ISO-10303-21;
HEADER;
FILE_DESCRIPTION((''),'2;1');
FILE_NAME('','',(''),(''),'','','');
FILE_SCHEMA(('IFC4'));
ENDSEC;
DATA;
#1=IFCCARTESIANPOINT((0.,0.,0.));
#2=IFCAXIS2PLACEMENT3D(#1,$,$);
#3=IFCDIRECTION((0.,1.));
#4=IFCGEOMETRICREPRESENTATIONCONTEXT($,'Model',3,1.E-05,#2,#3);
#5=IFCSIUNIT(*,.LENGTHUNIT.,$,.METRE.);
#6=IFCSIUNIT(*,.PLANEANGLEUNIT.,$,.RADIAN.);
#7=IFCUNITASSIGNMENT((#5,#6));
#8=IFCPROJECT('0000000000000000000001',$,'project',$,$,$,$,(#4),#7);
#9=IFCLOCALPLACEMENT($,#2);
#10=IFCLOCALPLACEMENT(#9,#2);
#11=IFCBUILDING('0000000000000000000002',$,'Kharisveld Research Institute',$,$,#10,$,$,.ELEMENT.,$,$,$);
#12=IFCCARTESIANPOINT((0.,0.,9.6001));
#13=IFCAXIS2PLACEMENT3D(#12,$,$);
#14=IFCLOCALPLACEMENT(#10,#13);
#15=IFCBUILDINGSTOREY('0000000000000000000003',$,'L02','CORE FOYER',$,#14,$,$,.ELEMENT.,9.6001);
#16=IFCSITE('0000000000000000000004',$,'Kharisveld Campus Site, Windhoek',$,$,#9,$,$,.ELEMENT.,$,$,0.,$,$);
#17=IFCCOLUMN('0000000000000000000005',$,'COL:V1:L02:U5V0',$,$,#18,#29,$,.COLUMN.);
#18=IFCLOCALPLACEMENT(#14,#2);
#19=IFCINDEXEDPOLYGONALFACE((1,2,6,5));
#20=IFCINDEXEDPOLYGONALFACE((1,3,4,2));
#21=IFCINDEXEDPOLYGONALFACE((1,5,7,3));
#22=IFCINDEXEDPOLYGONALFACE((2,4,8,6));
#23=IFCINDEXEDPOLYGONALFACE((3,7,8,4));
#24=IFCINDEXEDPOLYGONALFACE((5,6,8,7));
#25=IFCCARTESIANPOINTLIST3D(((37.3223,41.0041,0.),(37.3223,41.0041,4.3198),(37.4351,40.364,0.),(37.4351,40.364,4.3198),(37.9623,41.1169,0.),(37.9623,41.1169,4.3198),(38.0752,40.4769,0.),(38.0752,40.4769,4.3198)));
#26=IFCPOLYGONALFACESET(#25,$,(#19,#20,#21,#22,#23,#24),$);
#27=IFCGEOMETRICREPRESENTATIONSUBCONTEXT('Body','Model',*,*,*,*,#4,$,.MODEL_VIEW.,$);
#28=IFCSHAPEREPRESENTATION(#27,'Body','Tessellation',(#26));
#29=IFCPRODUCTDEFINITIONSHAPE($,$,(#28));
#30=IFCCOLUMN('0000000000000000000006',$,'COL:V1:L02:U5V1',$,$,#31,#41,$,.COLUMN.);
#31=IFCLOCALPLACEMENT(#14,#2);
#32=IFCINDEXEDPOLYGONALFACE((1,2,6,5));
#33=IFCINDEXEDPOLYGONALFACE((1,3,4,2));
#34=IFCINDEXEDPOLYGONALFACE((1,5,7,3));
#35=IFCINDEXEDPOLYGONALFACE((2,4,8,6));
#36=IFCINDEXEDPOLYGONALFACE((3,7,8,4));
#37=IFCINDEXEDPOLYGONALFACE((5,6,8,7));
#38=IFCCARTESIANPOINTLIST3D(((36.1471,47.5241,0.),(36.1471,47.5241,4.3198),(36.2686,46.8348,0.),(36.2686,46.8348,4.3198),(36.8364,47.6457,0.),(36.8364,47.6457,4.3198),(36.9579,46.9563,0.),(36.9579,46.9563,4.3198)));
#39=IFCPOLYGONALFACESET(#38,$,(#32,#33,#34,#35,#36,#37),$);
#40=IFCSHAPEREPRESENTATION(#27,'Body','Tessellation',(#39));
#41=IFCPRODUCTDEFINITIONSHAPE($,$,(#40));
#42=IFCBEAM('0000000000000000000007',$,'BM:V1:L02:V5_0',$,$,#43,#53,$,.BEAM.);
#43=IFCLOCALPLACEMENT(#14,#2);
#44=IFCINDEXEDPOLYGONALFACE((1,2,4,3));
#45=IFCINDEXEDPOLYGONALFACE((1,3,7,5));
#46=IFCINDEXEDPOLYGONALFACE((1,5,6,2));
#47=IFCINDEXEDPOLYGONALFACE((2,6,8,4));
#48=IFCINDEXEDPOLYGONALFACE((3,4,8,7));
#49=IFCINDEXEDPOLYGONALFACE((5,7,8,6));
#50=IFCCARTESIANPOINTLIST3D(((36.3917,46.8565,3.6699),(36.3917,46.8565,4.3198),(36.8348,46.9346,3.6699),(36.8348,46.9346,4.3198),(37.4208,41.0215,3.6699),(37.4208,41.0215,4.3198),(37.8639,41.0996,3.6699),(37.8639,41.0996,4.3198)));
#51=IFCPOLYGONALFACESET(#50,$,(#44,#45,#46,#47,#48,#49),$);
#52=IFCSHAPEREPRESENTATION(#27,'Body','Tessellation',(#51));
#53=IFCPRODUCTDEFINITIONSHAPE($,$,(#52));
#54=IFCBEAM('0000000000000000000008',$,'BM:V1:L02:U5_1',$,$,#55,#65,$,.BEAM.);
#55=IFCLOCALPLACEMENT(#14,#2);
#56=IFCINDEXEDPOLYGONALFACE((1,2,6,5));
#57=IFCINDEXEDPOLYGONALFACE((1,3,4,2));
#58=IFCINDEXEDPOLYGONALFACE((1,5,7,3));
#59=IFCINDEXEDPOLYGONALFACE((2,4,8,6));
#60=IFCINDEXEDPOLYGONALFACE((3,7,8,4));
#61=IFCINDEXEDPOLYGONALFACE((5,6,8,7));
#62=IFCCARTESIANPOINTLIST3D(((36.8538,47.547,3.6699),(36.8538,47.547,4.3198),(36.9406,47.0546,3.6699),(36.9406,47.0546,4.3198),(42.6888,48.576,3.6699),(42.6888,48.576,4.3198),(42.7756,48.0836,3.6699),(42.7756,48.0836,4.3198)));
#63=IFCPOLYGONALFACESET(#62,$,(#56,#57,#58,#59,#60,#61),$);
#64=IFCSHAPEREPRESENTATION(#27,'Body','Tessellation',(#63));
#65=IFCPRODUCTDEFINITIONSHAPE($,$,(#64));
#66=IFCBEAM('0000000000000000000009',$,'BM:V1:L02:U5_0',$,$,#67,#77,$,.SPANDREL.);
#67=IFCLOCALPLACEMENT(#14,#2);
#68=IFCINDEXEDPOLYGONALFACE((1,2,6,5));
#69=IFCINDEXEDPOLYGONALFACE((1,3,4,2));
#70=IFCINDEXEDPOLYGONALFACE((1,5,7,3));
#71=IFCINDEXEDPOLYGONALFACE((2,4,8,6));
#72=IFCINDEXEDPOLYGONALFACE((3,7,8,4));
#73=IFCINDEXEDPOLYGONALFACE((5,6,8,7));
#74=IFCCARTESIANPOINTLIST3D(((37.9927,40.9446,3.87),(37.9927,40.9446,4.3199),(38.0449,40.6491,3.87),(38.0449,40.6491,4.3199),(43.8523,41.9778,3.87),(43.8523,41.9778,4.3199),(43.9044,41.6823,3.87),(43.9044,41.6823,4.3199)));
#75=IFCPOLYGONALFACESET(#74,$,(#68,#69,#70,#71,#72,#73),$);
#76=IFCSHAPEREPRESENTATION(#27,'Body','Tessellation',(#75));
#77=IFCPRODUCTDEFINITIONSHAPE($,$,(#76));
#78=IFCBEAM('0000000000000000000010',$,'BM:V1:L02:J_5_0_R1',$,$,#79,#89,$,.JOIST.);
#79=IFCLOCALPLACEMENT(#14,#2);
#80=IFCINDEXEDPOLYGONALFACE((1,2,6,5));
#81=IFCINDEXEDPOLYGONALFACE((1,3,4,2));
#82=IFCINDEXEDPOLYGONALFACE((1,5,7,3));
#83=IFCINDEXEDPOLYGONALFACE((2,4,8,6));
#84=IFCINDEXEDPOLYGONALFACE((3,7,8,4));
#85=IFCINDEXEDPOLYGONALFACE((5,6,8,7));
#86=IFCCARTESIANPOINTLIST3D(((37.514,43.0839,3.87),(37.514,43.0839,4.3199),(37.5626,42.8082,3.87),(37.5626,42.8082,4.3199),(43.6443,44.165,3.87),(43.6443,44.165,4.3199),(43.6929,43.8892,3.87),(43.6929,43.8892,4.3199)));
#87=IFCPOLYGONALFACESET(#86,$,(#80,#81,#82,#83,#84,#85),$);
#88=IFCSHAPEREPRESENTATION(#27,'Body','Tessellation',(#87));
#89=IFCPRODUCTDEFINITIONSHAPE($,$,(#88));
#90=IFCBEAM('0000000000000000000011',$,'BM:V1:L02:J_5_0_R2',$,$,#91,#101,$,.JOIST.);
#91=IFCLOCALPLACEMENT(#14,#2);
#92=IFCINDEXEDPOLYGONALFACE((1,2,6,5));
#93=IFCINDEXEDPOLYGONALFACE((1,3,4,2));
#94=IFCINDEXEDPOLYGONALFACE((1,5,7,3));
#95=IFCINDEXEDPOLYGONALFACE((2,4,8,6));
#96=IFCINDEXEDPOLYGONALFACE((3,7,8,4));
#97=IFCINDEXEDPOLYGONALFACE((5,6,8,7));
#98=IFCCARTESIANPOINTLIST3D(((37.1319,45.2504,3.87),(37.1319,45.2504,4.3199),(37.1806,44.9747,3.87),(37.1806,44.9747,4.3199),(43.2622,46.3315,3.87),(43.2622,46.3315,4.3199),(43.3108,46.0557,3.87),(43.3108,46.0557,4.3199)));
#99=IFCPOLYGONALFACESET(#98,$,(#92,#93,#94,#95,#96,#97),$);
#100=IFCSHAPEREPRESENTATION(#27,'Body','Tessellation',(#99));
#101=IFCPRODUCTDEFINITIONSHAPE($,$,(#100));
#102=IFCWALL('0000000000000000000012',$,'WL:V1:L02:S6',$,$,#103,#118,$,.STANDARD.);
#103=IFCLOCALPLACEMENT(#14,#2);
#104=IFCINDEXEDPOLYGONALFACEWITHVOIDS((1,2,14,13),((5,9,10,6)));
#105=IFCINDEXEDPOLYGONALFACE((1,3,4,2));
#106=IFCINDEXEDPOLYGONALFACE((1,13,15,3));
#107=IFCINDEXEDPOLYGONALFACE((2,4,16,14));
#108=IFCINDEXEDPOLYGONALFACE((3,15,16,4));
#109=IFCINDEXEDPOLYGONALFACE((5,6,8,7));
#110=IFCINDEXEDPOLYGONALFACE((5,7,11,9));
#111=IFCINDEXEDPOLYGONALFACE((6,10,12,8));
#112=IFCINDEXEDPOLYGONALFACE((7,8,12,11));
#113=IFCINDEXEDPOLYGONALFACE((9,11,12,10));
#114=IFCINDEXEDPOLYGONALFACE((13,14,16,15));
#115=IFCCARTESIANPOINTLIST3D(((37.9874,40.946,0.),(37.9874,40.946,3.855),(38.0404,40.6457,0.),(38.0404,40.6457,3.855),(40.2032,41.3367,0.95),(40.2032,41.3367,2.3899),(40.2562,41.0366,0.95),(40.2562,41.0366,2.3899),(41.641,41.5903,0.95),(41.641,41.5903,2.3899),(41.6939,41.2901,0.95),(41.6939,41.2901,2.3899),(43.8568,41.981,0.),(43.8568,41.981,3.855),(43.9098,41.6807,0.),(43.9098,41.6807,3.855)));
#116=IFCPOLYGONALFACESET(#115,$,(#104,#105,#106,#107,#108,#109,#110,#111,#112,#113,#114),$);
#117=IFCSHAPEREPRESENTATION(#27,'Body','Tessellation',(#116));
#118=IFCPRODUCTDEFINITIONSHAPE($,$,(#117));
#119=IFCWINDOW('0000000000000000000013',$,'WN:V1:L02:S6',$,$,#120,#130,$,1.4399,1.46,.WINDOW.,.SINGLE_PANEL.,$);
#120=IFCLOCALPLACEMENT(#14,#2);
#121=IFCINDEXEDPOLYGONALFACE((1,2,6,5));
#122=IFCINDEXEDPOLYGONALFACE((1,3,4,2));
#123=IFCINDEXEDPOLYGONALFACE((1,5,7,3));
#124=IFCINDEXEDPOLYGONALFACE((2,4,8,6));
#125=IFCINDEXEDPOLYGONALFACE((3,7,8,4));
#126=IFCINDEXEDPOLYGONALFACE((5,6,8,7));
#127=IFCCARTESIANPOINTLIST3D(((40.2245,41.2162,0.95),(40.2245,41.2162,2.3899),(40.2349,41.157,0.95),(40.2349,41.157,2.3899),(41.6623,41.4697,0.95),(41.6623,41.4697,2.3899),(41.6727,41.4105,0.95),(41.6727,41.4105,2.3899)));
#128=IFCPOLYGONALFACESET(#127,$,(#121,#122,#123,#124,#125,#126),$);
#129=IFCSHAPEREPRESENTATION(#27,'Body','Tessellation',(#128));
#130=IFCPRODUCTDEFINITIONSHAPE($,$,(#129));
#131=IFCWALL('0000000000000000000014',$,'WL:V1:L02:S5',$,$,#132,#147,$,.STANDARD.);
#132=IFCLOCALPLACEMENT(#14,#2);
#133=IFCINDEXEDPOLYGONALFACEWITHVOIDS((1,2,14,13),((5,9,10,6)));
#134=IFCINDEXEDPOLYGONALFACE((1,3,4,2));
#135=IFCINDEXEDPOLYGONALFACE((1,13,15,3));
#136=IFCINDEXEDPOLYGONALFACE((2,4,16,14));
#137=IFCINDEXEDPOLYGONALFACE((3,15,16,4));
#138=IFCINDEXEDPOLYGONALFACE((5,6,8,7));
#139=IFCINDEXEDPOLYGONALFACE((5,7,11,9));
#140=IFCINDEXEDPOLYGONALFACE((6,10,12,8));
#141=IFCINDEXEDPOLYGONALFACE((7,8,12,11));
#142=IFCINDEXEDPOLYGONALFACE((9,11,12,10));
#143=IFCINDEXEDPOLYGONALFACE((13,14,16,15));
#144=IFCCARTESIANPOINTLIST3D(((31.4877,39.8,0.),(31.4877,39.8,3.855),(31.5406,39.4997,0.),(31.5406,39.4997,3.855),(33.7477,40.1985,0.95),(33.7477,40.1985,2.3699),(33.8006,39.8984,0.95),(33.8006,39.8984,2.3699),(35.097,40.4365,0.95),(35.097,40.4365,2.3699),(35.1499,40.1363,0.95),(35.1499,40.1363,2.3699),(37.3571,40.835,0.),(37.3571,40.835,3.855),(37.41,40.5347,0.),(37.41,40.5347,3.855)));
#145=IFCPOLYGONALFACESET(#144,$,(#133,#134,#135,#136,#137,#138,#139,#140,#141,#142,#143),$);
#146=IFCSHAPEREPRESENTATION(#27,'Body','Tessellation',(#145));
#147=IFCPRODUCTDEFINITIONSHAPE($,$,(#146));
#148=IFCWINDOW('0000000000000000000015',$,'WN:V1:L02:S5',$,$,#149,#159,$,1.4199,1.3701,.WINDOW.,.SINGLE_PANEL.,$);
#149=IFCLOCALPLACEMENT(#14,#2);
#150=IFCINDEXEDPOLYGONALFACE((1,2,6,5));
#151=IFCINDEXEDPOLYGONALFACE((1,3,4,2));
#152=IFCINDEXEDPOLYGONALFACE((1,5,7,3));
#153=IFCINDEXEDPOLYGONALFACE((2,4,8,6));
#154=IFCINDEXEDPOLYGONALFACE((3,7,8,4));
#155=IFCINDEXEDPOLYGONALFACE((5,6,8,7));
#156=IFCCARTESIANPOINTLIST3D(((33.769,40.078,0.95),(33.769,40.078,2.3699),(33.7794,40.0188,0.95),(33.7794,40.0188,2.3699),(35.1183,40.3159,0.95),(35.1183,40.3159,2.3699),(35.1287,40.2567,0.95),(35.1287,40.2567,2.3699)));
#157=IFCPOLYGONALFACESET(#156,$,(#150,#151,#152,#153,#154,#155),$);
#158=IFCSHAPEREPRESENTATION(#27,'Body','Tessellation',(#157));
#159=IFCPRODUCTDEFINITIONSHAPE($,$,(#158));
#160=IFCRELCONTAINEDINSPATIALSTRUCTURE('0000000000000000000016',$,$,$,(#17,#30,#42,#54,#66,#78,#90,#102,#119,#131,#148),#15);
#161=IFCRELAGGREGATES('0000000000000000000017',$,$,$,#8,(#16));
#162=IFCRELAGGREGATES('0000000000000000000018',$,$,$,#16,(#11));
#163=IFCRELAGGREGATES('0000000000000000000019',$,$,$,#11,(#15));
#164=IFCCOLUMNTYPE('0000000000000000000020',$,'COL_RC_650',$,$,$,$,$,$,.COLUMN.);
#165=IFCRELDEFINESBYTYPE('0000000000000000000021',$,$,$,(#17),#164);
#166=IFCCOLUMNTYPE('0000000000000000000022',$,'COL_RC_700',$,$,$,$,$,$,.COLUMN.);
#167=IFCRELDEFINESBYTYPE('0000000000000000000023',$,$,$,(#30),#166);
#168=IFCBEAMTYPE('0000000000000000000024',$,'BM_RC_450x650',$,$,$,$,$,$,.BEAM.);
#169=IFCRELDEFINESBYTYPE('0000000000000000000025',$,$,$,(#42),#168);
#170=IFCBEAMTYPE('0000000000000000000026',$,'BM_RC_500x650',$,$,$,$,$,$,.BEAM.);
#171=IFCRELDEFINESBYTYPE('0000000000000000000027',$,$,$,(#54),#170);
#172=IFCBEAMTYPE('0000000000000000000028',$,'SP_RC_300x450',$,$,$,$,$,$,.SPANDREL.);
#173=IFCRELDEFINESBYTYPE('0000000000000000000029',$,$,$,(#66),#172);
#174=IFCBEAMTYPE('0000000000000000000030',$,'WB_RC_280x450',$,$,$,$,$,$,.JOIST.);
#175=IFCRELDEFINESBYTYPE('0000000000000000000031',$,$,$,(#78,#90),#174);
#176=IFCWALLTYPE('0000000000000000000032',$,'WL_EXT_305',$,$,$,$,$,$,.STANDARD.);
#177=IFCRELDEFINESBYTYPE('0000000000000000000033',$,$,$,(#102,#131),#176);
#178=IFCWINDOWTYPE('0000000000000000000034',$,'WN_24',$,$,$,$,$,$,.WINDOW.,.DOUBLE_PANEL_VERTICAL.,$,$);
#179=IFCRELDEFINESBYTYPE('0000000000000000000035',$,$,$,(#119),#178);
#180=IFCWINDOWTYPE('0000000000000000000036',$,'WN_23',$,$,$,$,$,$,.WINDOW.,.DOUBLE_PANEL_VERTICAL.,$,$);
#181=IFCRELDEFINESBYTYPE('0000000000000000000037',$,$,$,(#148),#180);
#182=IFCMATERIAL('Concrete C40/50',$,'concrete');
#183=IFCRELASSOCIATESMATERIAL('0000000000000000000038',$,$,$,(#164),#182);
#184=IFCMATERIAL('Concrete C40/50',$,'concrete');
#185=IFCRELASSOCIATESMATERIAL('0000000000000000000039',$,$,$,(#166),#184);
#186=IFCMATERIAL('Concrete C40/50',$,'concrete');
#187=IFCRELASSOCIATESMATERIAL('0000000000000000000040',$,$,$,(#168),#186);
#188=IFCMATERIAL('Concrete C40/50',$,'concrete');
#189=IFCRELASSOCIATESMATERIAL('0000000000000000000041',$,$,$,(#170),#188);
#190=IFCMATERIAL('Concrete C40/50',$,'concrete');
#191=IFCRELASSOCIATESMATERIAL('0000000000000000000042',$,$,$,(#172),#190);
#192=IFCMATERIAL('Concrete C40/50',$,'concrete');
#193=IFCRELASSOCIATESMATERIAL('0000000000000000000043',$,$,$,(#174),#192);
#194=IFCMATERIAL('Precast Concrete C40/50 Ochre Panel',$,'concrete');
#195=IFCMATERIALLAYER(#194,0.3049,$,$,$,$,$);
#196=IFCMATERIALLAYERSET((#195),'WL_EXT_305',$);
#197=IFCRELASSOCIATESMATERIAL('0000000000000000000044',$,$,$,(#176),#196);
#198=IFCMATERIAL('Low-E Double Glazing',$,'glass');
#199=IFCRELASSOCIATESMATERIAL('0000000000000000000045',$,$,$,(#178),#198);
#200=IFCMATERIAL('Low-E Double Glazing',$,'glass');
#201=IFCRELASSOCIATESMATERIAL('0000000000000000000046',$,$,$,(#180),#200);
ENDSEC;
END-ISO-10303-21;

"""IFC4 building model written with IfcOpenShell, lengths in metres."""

from ifc_helpers import new_model, si_unit, direction, frame, frame_2d, origin, origin_2d, place, context, subcontext, project, spatial, rectangle, extrude, material, layer, layer_set, material_profile, profile_set, type_object, element, fill, save


model = new_model("IFC4")

# Units and contexts
model_context = context("Model", 3, precision=1e-05, world=origin(), true_north=direction((0.0, 1.0)))
body_context = subcontext(model_context, "Body", "Model", "MODEL_VIEW")
ifc_project = project(units=[si_unit("LENGTHUNIT", "METRE"), si_unit("PLANEANGLEUNIT", "RADIAN")], contexts=[model_context])

# Site, building, storey
site_placement = place(None, origin())
site = spatial("IfcSite", under=ifc_project, at=site_placement, Name="Kharisveld Campus Site, Windhoek", CompositionType="ELEMENT", RefElevation=0.0)
building_placement = place(site_placement, origin())
building = spatial("IfcBuilding", under=site, at=building_placement, Name="Kharisveld Research Institute", CompositionType="ELEMENT")
storey_placement = place(building_placement, frame((0.0, 0.0, 9.6001)))
storey = spatial("IfcBuildingStorey", under=building, at=storey_placement, Name="L02", Description="CORE FOYER", CompositionType="ELEMENT", Elevation=9.6001)

# Columns
ifc_material_1 = material(Name="Concrete C40/50", Category="concrete")
ifc_material_profile_1 = material_profile(ifc_material_1, rectangle(XDim=0.6499, YDim=0.6499, at=origin_2d()))
ifc_profile_set_1 = profile_set([ifc_material_profile_1], Name="Concrete C40/50")
column_type_1 = type_object("IfcColumnType", Name="COL_RC_650", PredefinedType="COLUMN", material=ifc_profile_set_1)
column_1_placement = place(storey_placement, frame((37.6987, 40.7405, 0.0), z_axis=(0.0, 0.0, 1.0), x_axis=(0.984808, 0.173648, 0.0)))
element("IfcColumn", 1, at=column_1_placement, inside=storey, type_object=column_type_1, Name="COL:V1:L02:U5V0", PredefinedType="COLUMN", context=body_context, shape_type="SweptSolid", body=[
    extrude(rectangle(XDim=0.6499, YDim=0.6499, at=origin_2d()), origin(), (0.0, 0.0, 1.0), 4.3198),
])
ifc_material_2 = material(Name="Concrete C40/50", Category="concrete")
ifc_material_profile_2 = material_profile(ifc_material_2, rectangle(XDim=0.7, YDim=0.7, at=origin_2d()))
ifc_profile_set_2 = profile_set([ifc_material_profile_2], Name="Concrete C40/50")
column_type_2 = type_object("IfcColumnType", Name="COL_RC_700", PredefinedType="COLUMN", material=ifc_profile_set_2)
column_2_placement = place(storey_placement, frame((36.5525, 47.2402, 0.0), z_axis=(0.0, 0.0, 1.0), x_axis=(0.984808, 0.173648, 0.0)))
element("IfcColumn", 2, at=column_2_placement, inside=storey, type_object=column_type_2, Name="COL:V1:L02:U5V1", PredefinedType="COLUMN", context=body_context, shape_type="SweptSolid", body=[
    extrude(rectangle(XDim=0.7, YDim=0.7, at=origin_2d()), origin(), (0.0, 0.0, 1.0), 4.3198),
])

# Beams
ifc_material_3 = material(Name="Concrete C40/50", Category="concrete")
ifc_material_profile_3 = material_profile(ifc_material_3, rectangle(XDim=0.45, YDim=0.6499, at=origin_2d()))
ifc_profile_set_3 = profile_set([ifc_material_profile_3], Name="Concrete C40/50")
beam_type_1 = type_object("IfcBeamType", Name="BM_RC_450x650", PredefinedType="BEAM", material=ifc_profile_set_3)
beam_1_placement = place(storey_placement, frame((37.6423, 41.0605, 3.9949), z_axis=(-0.17368, 0.984802, 0.0), x_axis=(-0.984802, -0.17368, 0.0)))
element("IfcBeam", 3, at=beam_1_placement, inside=storey, type_object=beam_type_1, Name="BM:V1:L02:V5_0", PredefinedType="BEAM", context=body_context, shape_type="SweptSolid", body=[
    extrude(rectangle(XDim=0.45, YDim=0.6499, at=origin_2d()), origin(), (0.0, 0.0, 1.0), 5.925),
])
ifc_material_4 = material(Name="Concrete C40/50", Category="concrete")
ifc_material_profile_4 = material_profile(ifc_material_4, rectangle(XDim=0.5, YDim=0.6499, at=origin_2d()))
ifc_profile_set_4 = profile_set([ifc_material_profile_4], Name="Concrete C40/50")
beam_type_2 = type_object("IfcBeamType", Name="BM_RC_500x650", PredefinedType="BEAM", material=ifc_profile_set_4)
beam_2_placement = place(storey_placement, frame((36.8972, 47.3008, 3.9949), z_axis=(0.984802, 0.17368, 0.0), x_axis=(-0.17368, 0.984802, 0.0)))
element("IfcBeam", 4, at=beam_2_placement, inside=storey, type_object=beam_type_2, Name="BM:V1:L02:U5_1", PredefinedType="BEAM", context=body_context, shape_type="SweptSolid", body=[
    extrude(rectangle(XDim=0.5, YDim=0.6499, at=origin_2d()), origin(), (0.0, 0.0, 1.0), 5.925),
])
ifc_material_5 = material(Name="Concrete C40/50", Category="concrete")
ifc_material_profile_5 = material_profile(ifc_material_5, rectangle(XDim=0.3, YDim=0.45, at=origin_2d()))
ifc_profile_set_5 = profile_set([ifc_material_profile_5], Name="Concrete C40/50")
beam_type_3 = type_object("IfcBeamType", Name="SP_RC_300x450", PredefinedType="SPANDREL", material=ifc_profile_set_5)
beam_3_placement = place(storey_placement, frame((38.0188, 40.7969, 4.095), z_axis=(0.984808, 0.173647, 0.0), x_axis=(-0.173647, 0.984808, 0.0)))
element("IfcBeam", 5, at=beam_3_placement, inside=storey, type_object=beam_type_3, Name="BM:V1:L02:U5_0", PredefinedType="SPANDREL", context=body_context, shape_type="SweptSolid", body=[
    extrude(rectangle(XDim=0.3, YDim=0.45, at=origin_2d()), origin(), (0.0, 0.0, 1.0), 5.95),
])
ifc_material_6 = material(Name="Concrete C40/50", Category="concrete")
ifc_material_profile_6 = material_profile(ifc_material_6, rectangle(XDim=0.28, YDim=0.45, at=origin_2d()))
ifc_profile_set_6 = profile_set([ifc_material_profile_6], Name="Concrete C40/50")
beam_type_4 = type_object("IfcBeamType", Name="WB_RC_280x450", PredefinedType="JOIST", material=ifc_profile_set_6)
for number, where, z_axis, x_axis, name in (
    (6, (37.5383, 42.946, 4.095), (0.984805, 0.173665, 0.0), (-0.173665, 0.984805, 0.0), "BM:V1:L02:J_5_0_R1"),
    (7, (37.1562, 45.1125, 4.095), (0.984805, 0.173665, 0.0), (-0.173665, 0.984805, 0.0), "BM:V1:L02:J_5_0_R2"),
):
    element("IfcBeam", number, at=place(storey_placement, frame(where, z_axis=z_axis, x_axis=x_axis)), inside=storey, type_object=beam_type_4, Name=name, PredefinedType="JOIST", context=body_context, shape_type="SweptSolid", body=[
        extrude(rectangle(XDim=0.28, YDim=0.45, at=origin_2d()), origin(), (0.0, 0.0, 1.0), 6.2249),
    ])

# Walls, openings, windows
ifc_material_7 = material(Name="Precast Concrete C40/50 Ochre Panel", Category="concrete")
ifc_layer = layer(ifc_material_7, 0.3049)
ifc_layer_set = layer_set([ifc_layer], Name="WL_EXT_305")
wall_type = type_object("IfcWallType", Name="WL_EXT_305", PredefinedType="STANDARD", material=ifc_layer_set)
wall_1_placement = place(storey_placement, frame((43.8833, 41.8308, 0.0), z_axis=(0.0, 0.0, 1.0), x_axis=(-0.984808, -0.173645, 0.0)))
wall_1 = element("IfcWall", 8, at=wall_1_placement, inside=storey, type_object=wall_type, Name="WL:V1:L02:S6", PredefinedType="STANDARD", context=body_context, shape_type="SweptSolid", body=[
    extrude(rectangle(XDim=5.96, YDim=0.3049, at=frame_2d((2.98, 0.0))), origin(), (0.0, 0.0, 1.0), 3.855),
])
opening_1_placement = place(wall_1_placement, frame((2.25, 0.0, 0.95)))
opening_1 = element("IfcOpeningElement", 9, at=opening_1_placement, cuts=wall_1, PredefinedType="OPENING", context=body_context, shape_type="SweptSolid", body=[
    extrude(rectangle(XDim=1.46, YDim=1.4399, at=frame_2d((0.73, 0.72))), frame((0.0, 0.1523, 0.0), z_axis=(0.0, -1.0, 0.0), x_axis=(1.0, 0.0, 0.0)), (0.0, 0.0, 1.0), 0.3049),
])
ifc_material_8 = material(Name="Low-E Double Glazing", Category="glass")
window_type_1 = type_object("IfcWindowType", Name="WN_24", PartitioningType="DOUBLE_PANEL_VERTICAL", PredefinedType="WINDOW", material=ifc_material_8)
window_1_placement = place(opening_1_placement, origin())
window_1 = element("IfcWindow", 10, at=window_1_placement, inside=storey, type_object=window_type_1, Name="WN:V1:L02:S6", OverallHeight=1.4399, OverallWidth=1.46, PartitioningType="SINGLE_PANEL", PredefinedType="WINDOW", context=body_context, shape_type="SweptSolid", body=[
    extrude(rectangle(XDim=1.46, YDim=1.4399, at=frame_2d((0.73, 0.72))), frame((0.0, 0.03, 0.0), z_axis=(0.0, -1.0, 0.0), x_axis=(1.0, 0.0, 0.0)), (0.0, 0.0, 1.0), 0.0601),
])
fill(opening_1, window_1)
wall_2_placement = place(storey_placement, frame((37.3835, 40.6848, 0.0), z_axis=(0.0, 0.0, 1.0), x_axis=(-0.984808, -0.173645, 0.0)))
wall_2 = element("IfcWall", 11, at=wall_2_placement, inside=storey, type_object=wall_type, Name="WL:V1:L02:S5", PredefinedType="STANDARD", context=body_context, shape_type="SweptSolid", body=[
    extrude(rectangle(XDim=5.96, YDim=0.3049, at=frame_2d((2.98, 0.0))), origin(), (0.0, 0.0, 1.0), 3.855),
])
opening_2_placement = place(wall_2_placement, frame((2.2949, 0.0, 0.95)))
opening_2 = element("IfcOpeningElement", 12, at=opening_2_placement, cuts=wall_2, PredefinedType="OPENING", context=body_context, shape_type="SweptSolid", body=[
    extrude(rectangle(XDim=1.3701, YDim=1.4199, at=frame_2d((0.6851, 0.71))), frame((0.0, 0.1523, 0.0), z_axis=(0.0, -1.0, 0.0), x_axis=(1.0, 0.0, 0.0)), (0.0, 0.0, 1.0), 0.3049),
])
ifc_material_9 = material(Name="Low-E Double Glazing", Category="glass")
window_type_2 = type_object("IfcWindowType", Name="WN_23", PartitioningType="DOUBLE_PANEL_VERTICAL", PredefinedType="WINDOW", material=ifc_material_9)
window_2_placement = place(opening_2_placement, origin())
window_2 = element("IfcWindow", 13, at=window_2_placement, inside=storey, type_object=window_type_2, Name="WN:V1:L02:S5", OverallHeight=1.4199, OverallWidth=1.3701, PartitioningType="SINGLE_PANEL", PredefinedType="WINDOW", context=body_context, shape_type="SweptSolid", body=[
    extrude(rectangle(XDim=1.3701, YDim=1.4199, at=frame_2d((0.6851, 0.71))), frame((0.0, 0.03, 0.0), z_axis=(0.0, -1.0, 0.0), x_axis=(1.0, 0.0, 0.0)), (0.0, 0.0, 1.0), 0.0601),
])
fill(opening_2, window_2)

save(model, "model.ifc")
